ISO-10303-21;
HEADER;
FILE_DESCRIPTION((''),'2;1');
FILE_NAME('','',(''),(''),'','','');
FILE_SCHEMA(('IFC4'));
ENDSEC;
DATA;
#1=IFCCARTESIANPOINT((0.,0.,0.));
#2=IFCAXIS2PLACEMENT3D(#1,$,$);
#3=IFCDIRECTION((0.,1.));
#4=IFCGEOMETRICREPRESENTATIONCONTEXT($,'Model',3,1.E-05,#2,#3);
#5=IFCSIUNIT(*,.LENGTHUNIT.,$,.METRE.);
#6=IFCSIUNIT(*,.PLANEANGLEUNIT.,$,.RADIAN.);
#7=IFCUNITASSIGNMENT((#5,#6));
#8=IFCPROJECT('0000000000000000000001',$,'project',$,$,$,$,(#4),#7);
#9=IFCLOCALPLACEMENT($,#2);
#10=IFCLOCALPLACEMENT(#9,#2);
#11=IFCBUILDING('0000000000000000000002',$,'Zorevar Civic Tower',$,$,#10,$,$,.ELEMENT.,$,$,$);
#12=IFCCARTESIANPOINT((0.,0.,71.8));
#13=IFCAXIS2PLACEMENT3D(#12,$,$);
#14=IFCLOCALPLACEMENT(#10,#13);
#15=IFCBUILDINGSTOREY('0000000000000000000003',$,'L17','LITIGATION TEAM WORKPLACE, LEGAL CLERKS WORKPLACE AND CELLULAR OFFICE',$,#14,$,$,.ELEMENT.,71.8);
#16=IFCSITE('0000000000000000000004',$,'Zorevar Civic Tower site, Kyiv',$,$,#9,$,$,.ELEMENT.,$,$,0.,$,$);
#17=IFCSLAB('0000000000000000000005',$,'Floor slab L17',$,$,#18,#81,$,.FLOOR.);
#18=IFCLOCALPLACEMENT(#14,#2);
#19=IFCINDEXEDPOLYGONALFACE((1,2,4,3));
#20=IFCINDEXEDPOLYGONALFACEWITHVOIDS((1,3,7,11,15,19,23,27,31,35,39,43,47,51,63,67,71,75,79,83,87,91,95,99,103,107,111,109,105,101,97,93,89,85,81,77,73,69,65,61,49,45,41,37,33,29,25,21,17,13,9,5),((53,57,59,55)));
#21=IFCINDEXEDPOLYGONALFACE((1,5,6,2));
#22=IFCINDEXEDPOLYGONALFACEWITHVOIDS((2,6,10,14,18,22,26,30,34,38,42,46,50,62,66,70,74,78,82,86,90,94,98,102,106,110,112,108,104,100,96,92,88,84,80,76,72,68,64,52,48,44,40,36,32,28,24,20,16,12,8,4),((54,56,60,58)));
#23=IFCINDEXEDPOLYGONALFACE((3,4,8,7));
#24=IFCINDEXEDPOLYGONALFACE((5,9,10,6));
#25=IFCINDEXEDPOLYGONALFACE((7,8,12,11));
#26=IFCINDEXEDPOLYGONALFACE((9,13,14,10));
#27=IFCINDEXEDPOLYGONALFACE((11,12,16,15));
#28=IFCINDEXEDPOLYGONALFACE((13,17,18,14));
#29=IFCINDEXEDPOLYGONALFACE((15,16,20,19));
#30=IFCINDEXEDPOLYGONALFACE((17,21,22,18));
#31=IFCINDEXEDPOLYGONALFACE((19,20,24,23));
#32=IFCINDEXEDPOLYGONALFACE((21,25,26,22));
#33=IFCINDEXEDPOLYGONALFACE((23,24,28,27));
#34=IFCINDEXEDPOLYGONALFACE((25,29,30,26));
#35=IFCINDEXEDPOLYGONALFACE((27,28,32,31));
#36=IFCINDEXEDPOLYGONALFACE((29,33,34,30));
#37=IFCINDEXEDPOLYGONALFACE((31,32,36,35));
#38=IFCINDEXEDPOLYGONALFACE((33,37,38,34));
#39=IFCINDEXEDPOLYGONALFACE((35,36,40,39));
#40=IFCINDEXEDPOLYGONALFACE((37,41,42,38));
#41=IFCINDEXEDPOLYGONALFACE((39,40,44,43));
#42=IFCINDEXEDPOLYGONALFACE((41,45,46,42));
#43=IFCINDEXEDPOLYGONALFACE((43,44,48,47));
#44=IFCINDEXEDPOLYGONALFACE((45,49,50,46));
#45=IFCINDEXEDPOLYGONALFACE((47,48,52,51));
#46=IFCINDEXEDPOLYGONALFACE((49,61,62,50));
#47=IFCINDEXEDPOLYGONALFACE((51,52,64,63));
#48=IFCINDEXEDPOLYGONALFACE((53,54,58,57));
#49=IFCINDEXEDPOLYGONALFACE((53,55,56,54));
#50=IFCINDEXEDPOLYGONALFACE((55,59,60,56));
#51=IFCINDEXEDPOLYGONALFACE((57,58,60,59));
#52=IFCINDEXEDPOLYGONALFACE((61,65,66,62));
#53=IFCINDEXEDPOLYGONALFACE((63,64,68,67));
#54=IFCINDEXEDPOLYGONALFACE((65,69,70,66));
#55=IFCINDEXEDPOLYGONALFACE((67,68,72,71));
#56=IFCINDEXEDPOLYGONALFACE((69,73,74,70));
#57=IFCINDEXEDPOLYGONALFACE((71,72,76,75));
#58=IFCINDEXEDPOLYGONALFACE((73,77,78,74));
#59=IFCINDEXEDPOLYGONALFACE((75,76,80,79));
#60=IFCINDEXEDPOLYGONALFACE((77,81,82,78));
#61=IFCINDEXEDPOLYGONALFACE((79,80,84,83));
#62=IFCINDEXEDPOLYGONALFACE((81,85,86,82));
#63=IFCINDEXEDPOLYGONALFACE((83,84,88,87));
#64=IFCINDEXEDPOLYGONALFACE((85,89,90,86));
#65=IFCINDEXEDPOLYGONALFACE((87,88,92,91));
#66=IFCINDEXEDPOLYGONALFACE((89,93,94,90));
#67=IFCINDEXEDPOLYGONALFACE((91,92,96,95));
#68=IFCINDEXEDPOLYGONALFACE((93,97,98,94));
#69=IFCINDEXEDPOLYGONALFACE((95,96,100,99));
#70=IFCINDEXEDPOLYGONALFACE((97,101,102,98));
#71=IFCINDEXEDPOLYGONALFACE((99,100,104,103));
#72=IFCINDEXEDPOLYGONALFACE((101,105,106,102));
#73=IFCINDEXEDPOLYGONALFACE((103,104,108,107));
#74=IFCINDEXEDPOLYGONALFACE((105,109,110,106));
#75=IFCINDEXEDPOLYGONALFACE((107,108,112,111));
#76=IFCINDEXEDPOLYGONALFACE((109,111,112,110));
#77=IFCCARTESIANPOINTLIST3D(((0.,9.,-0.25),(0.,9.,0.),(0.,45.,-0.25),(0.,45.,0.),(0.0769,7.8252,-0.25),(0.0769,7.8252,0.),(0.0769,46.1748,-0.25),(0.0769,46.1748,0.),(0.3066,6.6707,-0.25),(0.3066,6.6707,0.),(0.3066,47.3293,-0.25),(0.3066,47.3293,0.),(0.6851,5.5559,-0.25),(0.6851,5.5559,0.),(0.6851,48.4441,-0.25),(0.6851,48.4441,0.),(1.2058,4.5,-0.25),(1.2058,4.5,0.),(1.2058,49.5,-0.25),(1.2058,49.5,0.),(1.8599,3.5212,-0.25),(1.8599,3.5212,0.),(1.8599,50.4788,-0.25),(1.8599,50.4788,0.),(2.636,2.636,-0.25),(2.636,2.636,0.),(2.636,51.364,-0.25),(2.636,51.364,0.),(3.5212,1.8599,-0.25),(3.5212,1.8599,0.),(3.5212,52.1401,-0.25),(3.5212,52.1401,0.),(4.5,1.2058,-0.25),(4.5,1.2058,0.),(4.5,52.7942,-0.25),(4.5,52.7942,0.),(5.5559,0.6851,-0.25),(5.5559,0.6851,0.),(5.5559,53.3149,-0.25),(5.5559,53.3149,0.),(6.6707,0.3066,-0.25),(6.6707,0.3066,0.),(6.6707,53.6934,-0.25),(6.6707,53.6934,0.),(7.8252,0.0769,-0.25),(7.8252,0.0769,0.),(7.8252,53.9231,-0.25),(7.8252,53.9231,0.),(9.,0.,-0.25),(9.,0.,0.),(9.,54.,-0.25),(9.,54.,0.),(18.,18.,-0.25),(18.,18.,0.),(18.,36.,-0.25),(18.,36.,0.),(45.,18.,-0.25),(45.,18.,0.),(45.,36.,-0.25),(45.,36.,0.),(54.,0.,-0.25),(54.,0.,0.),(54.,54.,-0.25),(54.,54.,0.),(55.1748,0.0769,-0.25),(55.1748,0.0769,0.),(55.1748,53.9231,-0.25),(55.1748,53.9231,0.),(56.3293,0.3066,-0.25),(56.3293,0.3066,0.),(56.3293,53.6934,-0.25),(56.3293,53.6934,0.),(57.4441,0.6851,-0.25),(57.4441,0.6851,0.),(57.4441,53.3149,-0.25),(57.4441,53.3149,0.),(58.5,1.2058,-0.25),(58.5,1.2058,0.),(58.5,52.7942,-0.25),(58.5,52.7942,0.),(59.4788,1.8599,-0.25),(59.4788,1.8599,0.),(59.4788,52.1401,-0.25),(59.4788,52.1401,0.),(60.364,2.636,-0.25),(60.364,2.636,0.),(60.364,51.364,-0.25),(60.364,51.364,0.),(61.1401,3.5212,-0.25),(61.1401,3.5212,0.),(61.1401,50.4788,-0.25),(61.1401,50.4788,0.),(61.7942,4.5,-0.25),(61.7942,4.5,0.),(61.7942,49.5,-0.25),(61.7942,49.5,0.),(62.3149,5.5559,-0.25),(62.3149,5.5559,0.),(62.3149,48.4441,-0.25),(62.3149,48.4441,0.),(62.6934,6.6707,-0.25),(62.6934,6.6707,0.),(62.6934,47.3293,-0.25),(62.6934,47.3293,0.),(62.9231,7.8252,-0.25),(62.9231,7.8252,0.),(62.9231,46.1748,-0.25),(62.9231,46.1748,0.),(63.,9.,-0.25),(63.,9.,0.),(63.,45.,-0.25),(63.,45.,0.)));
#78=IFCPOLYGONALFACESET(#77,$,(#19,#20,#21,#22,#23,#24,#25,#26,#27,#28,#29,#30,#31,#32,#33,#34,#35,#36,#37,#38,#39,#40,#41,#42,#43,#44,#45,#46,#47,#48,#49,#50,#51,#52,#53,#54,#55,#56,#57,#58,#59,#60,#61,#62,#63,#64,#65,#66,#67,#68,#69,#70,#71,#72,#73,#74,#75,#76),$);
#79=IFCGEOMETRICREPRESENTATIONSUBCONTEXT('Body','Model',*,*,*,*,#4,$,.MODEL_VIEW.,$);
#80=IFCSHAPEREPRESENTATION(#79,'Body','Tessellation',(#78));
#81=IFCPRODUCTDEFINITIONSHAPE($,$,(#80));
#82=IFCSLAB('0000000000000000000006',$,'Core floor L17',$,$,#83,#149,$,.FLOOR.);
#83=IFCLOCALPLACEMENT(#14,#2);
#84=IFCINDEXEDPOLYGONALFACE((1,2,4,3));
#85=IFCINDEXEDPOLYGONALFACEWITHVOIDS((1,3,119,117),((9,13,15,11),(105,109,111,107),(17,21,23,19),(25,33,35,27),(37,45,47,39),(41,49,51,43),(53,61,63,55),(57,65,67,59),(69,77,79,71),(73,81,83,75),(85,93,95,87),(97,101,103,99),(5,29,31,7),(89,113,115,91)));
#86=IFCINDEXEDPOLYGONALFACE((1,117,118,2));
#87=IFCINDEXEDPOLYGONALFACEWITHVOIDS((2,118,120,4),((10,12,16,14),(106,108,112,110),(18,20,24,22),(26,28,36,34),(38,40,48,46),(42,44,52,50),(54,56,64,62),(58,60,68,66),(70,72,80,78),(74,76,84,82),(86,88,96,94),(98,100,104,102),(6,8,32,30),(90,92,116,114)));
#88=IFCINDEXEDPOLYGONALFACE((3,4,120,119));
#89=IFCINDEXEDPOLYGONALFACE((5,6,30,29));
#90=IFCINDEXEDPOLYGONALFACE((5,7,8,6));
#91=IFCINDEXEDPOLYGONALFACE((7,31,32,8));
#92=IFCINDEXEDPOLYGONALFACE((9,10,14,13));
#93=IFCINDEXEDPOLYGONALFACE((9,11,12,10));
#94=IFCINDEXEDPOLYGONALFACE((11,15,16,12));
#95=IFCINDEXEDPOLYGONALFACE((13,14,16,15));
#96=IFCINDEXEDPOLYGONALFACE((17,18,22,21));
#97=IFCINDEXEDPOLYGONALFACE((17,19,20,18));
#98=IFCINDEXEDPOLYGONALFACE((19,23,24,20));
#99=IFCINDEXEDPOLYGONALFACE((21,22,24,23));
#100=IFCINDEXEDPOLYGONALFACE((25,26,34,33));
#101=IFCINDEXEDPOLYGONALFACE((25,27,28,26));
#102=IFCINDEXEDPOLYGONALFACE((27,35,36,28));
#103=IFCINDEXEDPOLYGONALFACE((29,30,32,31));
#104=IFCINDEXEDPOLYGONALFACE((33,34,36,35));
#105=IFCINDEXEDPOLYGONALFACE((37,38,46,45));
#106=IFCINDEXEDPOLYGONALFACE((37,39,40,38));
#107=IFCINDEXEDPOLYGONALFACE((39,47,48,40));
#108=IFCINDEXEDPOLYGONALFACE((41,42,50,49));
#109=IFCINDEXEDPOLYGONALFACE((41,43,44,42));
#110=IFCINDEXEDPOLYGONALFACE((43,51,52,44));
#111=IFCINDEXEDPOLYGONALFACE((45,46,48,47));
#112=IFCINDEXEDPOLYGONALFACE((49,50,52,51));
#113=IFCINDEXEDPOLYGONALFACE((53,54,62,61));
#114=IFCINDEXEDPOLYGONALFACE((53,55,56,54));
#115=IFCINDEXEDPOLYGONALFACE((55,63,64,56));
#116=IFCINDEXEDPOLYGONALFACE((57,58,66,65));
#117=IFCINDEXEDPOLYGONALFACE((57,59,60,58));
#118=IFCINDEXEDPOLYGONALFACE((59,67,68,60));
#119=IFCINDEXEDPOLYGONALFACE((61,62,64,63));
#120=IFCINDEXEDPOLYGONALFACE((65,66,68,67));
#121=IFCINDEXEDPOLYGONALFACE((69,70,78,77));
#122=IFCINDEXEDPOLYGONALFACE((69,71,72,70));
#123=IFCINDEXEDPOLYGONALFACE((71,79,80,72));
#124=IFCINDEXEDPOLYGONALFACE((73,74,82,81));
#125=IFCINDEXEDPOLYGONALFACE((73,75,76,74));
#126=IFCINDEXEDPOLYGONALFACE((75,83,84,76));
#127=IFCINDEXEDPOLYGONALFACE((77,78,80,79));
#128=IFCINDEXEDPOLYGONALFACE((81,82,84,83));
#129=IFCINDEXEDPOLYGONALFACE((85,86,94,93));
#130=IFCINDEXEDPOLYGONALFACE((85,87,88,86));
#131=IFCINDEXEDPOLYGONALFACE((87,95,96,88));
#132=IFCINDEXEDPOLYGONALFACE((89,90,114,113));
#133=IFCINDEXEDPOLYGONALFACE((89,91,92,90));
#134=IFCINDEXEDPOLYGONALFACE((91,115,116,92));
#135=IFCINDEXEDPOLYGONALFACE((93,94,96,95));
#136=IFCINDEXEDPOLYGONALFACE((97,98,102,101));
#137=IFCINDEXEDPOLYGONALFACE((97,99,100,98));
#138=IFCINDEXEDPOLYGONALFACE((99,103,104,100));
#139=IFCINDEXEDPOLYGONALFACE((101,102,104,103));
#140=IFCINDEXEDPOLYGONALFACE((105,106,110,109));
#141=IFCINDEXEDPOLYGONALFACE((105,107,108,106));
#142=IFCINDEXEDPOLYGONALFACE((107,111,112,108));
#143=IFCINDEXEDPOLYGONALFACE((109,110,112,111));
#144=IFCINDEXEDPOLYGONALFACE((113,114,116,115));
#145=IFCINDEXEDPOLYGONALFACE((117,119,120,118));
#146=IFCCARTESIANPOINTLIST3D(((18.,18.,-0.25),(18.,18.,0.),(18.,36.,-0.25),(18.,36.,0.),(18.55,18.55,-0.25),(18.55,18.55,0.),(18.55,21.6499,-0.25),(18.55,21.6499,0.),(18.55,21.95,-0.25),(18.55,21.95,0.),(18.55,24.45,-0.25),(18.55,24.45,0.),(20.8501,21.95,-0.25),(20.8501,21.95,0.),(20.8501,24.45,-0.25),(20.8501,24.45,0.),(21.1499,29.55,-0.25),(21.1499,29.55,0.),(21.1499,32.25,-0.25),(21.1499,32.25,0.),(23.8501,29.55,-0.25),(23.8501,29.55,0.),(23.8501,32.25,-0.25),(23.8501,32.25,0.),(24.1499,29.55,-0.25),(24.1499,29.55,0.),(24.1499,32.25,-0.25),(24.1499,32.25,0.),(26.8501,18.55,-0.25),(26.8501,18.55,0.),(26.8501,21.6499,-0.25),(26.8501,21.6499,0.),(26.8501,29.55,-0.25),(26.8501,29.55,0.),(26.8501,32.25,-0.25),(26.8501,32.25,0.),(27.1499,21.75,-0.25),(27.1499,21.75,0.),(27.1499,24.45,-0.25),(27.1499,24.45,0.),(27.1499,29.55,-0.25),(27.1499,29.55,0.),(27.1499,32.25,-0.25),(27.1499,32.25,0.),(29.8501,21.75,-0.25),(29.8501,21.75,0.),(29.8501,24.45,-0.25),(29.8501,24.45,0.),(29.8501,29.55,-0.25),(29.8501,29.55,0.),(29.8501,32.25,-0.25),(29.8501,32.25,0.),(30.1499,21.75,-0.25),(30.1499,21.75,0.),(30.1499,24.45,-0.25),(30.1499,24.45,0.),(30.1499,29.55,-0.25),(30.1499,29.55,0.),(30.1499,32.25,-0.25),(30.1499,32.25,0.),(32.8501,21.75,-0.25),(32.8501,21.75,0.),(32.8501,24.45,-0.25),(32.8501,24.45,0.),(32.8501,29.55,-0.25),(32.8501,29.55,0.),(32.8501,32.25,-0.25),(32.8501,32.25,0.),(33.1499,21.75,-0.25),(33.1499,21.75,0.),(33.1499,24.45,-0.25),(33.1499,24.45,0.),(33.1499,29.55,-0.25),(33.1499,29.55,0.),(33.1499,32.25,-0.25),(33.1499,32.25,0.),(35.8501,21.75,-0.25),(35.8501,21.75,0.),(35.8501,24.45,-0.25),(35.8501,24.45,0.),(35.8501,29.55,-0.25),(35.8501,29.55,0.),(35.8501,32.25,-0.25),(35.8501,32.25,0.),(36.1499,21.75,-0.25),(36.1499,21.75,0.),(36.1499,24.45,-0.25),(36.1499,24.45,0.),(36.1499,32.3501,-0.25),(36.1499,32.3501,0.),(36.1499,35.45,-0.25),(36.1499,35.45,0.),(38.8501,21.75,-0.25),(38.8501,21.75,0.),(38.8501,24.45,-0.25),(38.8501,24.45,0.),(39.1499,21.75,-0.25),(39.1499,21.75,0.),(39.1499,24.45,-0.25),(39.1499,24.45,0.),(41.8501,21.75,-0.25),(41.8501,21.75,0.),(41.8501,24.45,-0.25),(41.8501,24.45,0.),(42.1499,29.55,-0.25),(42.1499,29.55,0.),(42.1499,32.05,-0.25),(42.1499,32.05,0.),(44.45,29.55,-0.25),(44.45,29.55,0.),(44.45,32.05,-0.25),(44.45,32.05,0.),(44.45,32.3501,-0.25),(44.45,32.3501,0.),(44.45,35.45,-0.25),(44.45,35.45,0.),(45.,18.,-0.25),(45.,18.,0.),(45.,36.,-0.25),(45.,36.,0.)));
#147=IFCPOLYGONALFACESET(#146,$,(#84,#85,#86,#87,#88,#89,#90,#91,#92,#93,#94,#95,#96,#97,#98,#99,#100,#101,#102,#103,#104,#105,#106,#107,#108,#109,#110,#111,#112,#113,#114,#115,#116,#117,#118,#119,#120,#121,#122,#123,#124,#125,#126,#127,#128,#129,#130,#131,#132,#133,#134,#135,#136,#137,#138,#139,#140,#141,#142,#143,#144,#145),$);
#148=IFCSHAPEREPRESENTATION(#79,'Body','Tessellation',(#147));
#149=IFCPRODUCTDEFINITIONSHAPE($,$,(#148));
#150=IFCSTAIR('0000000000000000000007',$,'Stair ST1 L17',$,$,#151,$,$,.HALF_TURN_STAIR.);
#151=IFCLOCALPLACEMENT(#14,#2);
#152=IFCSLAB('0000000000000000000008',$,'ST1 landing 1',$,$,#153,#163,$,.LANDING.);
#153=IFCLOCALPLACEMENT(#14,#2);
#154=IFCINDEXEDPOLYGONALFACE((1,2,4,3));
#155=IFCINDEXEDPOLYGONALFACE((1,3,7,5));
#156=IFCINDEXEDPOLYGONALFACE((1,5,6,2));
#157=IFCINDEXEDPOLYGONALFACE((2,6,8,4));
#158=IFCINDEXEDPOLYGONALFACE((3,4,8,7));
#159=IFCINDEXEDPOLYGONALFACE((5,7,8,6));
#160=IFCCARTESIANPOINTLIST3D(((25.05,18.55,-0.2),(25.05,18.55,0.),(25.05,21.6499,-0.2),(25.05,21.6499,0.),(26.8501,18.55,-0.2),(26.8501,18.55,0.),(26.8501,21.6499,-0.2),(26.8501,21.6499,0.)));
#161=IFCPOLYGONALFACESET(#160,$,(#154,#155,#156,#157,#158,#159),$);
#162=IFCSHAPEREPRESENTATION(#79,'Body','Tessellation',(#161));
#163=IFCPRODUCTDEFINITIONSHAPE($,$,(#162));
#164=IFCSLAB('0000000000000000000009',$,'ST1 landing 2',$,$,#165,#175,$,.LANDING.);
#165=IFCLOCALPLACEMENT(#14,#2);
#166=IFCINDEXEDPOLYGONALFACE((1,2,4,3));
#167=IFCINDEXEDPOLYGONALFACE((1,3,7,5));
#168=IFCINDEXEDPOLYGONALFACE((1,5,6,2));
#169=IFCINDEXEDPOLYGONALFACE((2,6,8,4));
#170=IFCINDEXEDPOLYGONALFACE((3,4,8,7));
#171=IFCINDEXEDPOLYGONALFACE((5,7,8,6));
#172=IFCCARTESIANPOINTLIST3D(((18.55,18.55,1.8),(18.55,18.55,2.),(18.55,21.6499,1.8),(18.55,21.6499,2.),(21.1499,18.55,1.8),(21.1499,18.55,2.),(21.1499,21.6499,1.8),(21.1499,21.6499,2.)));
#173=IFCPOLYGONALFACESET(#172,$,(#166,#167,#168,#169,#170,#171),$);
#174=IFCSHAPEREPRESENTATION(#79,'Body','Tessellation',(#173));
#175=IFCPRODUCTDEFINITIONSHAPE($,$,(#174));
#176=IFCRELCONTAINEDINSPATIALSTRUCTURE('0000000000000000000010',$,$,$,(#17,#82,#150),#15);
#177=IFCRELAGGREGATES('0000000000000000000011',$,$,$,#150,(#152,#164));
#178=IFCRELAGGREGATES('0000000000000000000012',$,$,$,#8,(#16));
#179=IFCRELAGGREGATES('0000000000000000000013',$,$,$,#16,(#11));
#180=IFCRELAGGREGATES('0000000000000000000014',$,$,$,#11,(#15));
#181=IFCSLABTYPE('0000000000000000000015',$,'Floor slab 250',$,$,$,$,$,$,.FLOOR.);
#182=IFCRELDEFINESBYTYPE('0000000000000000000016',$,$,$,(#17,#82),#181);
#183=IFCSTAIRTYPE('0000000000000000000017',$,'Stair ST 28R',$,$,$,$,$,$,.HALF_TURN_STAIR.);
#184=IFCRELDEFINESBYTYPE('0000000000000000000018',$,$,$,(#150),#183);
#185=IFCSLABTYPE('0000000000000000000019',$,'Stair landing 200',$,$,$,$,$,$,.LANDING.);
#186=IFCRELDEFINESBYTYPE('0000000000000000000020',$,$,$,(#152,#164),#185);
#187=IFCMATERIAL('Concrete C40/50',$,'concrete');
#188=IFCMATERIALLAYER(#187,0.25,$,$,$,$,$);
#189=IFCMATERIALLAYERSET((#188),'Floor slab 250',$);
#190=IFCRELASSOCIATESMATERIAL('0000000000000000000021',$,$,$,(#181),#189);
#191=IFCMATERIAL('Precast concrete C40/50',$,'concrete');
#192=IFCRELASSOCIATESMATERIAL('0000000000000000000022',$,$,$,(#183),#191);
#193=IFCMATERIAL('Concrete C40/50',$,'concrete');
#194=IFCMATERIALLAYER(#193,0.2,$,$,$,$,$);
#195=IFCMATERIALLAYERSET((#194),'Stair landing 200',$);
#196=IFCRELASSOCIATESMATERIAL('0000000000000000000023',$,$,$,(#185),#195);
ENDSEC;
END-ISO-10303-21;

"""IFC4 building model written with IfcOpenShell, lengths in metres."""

from ifc_helpers import new_model, si_unit, direction, frame, origin, place, context, subcontext, project, spatial, polyline, outline, extrude, material, layer, layer_set, type_object, element, aggregate, save


model = new_model("IFC4")

# Units and contexts
model_context = context("Model", 3, precision=1e-05, world=origin(), true_north=direction((0.0, 1.0)))
body_context = subcontext(model_context, "Body", "Model", "MODEL_VIEW")
ifc_project = project(units=[si_unit("LENGTHUNIT", "METRE"), si_unit("PLANEANGLEUNIT", "RADIAN")], contexts=[model_context])

# Site, building, storey
site_placement = place(None, origin())
site = spatial("IfcSite", under=ifc_project, at=site_placement, Name="Zorevar Civic Tower site, Kyiv", CompositionType="ELEMENT", RefElevation=0.0)
building_placement = place(site_placement, origin())
building = spatial("IfcBuilding", under=site, at=building_placement, Name="Zorevar Civic Tower", CompositionType="ELEMENT")
storey_placement = place(building_placement, frame((0.0, 0.0, 71.8)))
storey = spatial("IfcBuildingStorey", under=building, at=storey_placement, Name="L17", Description="LITIGATION TEAM WORKPLACE, LEGAL CLERKS WORKPLACE AND CELLULAR OFFICE", CompositionType="ELEMENT", Elevation=71.8)

# Slabs
ifc_material_1 = material(Name="Concrete C40/50", Category="concrete")
ifc_layer_1 = layer(ifc_material_1, 0.25)
ifc_layer_set_1 = layer_set([ifc_layer_1], Name="Floor slab 250")
slab_type_1 = type_object("IfcSlabType", Name="Floor slab 250", PredefinedType="FLOOR", material=ifc_layer_set_1)
slab_1_placement = place(storey_placement, frame((0.0, 0.0, -0.25)))
element("IfcSlab", 1, at=slab_1_placement, inside=storey, type_object=slab_type_1, Name="Floor slab L17", PredefinedType="FLOOR", context=body_context, shape_type="SweptSolid", body=[
    extrude(outline(polyline([(54.0, 0.0), (55.1748, 0.0769), (56.3293, 0.3066), (57.4441, 0.6851), (58.5, 1.2058), (59.4788, 1.8599), (60.364, 2.636), (61.1401, 3.5212), (61.7942, 4.5), (62.3149, 5.5559), (62.6934, 6.6707), (62.9231, 7.8252), (63.0, 9.0), (63.0, 45.0), (62.9231, 46.1748), (62.6934, 47.3293), (62.3149, 48.4441), (61.7942, 49.5), (61.1401, 50.4788), (60.364, 51.364), (59.4788, 52.1401), (58.5, 52.7942), (57.4441, 53.3149), (56.3293, 53.6934), (55.1748, 53.9231), (54.0, 54.0), (9.0, 54.0), (7.8252, 53.9231), (6.6707, 53.6934), (5.5559, 53.3149), (4.5, 52.7942), (3.5212, 52.1401), (2.636, 51.364), (1.8599, 50.4788), (1.2058, 49.5), (0.6851, 48.4441), (0.3066, 47.3293), (0.0769, 46.1748), (0.0, 45.0), (0.0, 9.0), (0.0769, 7.8252), (0.3066, 6.6707), (0.6851, 5.5559), (1.2058, 4.5), (1.8599, 3.5212), (2.636, 2.636), (3.5212, 1.8599), (4.5, 1.2058), (5.5559, 0.6851), (6.6707, 0.3066), (7.8252, 0.0769), (9.0, 0.0), (54.0, 0.0)]), holes=[polyline([(18.0, 18.0), (45.0, 18.0), (45.0, 36.0), (18.0, 36.0), (18.0, 18.0)])]), origin(), (0.0, 0.0, 1.0), 0.25),
])
slab_2_placement = place(storey_placement, frame((0.0, 0.0, -0.25)))
element("IfcSlab", 2, at=slab_2_placement, inside=storey, type_object=slab_type_1, Name="Core floor L17", PredefinedType="FLOOR", context=body_context, shape_type="SweptSolid", body=[
    extrude(outline(polyline([(18.0, 18.0), (45.0, 18.0), (45.0, 36.0), (18.0, 36.0), (18.0, 18.0)]), holes=[polyline([(18.55, 18.55), (26.8501, 18.55), (26.8501, 21.6499), (18.55, 21.6499), (18.55, 18.55)]), polyline([(36.1499, 32.3501), (44.45, 32.3501), (44.45, 35.45), (36.1499, 35.45), (36.1499, 32.3501)]), polyline([(18.55, 21.95), (20.8501, 21.95), (20.8501, 24.45), (18.55, 24.45), (18.55, 21.95)]), polyline([(42.1499, 29.55), (44.45, 29.55), (44.45, 32.05), (42.1499, 32.05), (42.1499, 29.55)]), polyline([(27.1499, 21.75), (29.8501, 21.75), (29.8501, 24.45), (27.1499, 24.45), (27.1499, 21.75)]), polyline([(33.1499, 29.55), (35.8501, 29.55), (35.8501, 32.25), (33.1499, 32.25), (33.1499, 29.55)]), polyline([(30.1499, 21.75), (32.8501, 21.75), (32.8501, 24.45), (30.1499, 24.45), (30.1499, 21.75)]), polyline([(30.1499, 29.55), (32.8501, 29.55), (32.8501, 32.25), (30.1499, 32.25), (30.1499, 29.55)]), polyline([(33.1499, 21.75), (35.8501, 21.75), (35.8501, 24.45), (33.1499, 24.45), (33.1499, 21.75)]), polyline([(27.1499, 29.55), (29.8501, 29.55), (29.8501, 32.25), (27.1499, 32.25), (27.1499, 29.55)]), polyline([(36.1499, 21.75), (38.8501, 21.75), (38.8501, 24.45), (36.1499, 24.45), (36.1499, 21.75)]), polyline([(24.1499, 29.55), (26.8501, 29.55), (26.8501, 32.25), (24.1499, 32.25), (24.1499, 29.55)]), polyline([(39.1499, 21.75), (41.8501, 21.75), (41.8501, 24.45), (39.1499, 24.45), (39.1499, 21.75)]), polyline([(21.1499, 29.55), (23.8501, 29.55), (23.8501, 32.25), (21.1499, 32.25), (21.1499, 29.55)])]), origin(), (0.0, 0.0, 1.0), 0.25),
])

# Stair, slabs
ifc_material_2 = material(Name="Precast concrete C40/50", Category="concrete")
stair_type = type_object("IfcStairType", Name="Stair ST 28R", PredefinedType="HALF_TURN_STAIR", material=ifc_material_2)
stair_1_placement = place(storey_placement, origin())
stair_1 = element("IfcStair", 3, at=stair_1_placement, inside=storey, type_object=stair_type, Name="Stair ST1 L17", PredefinedType="HALF_TURN_STAIR")
ifc_material_3 = material(Name="Concrete C40/50", Category="concrete")
ifc_layer_2 = layer(ifc_material_3, 0.2)
ifc_layer_set_2 = layer_set([ifc_layer_2], Name="Stair landing 200")
slab_type_2 = type_object("IfcSlabType", Name="Stair landing 200", PredefinedType="LANDING", material=ifc_layer_set_2)
slab_3_placement = place(storey_placement, frame((0.0, 0.0, -0.2)))
slab_3 = element("IfcSlab", 4, at=slab_3_placement, type_object=slab_type_2, Name="ST1 landing 1", PredefinedType="LANDING", context=body_context, shape_type="SweptSolid", body=[
    extrude(outline(polyline([(25.05, 18.55), (26.8501, 18.55), (26.8501, 21.6499), (25.05, 21.6499), (25.05, 18.55)])), origin(), (0.0, 0.0, 1.0), 0.2),
])
slab_4_placement = place(storey_placement, frame((0.0, 0.0, 1.8)))
slab_4 = element("IfcSlab", 5, at=slab_4_placement, type_object=slab_type_2, Name="ST1 landing 2", PredefinedType="LANDING", context=body_context, shape_type="SweptSolid", body=[
    extrude(outline(polyline([(18.55, 18.55), (21.1499, 18.55), (21.1499, 21.6499), (18.55, 21.6499), (18.55, 18.55)])), origin(), (0.0, 0.0, 1.0), 0.2),
])
aggregate(stair_1, [slab_3, slab_4])

save(model, "model.ifc")
